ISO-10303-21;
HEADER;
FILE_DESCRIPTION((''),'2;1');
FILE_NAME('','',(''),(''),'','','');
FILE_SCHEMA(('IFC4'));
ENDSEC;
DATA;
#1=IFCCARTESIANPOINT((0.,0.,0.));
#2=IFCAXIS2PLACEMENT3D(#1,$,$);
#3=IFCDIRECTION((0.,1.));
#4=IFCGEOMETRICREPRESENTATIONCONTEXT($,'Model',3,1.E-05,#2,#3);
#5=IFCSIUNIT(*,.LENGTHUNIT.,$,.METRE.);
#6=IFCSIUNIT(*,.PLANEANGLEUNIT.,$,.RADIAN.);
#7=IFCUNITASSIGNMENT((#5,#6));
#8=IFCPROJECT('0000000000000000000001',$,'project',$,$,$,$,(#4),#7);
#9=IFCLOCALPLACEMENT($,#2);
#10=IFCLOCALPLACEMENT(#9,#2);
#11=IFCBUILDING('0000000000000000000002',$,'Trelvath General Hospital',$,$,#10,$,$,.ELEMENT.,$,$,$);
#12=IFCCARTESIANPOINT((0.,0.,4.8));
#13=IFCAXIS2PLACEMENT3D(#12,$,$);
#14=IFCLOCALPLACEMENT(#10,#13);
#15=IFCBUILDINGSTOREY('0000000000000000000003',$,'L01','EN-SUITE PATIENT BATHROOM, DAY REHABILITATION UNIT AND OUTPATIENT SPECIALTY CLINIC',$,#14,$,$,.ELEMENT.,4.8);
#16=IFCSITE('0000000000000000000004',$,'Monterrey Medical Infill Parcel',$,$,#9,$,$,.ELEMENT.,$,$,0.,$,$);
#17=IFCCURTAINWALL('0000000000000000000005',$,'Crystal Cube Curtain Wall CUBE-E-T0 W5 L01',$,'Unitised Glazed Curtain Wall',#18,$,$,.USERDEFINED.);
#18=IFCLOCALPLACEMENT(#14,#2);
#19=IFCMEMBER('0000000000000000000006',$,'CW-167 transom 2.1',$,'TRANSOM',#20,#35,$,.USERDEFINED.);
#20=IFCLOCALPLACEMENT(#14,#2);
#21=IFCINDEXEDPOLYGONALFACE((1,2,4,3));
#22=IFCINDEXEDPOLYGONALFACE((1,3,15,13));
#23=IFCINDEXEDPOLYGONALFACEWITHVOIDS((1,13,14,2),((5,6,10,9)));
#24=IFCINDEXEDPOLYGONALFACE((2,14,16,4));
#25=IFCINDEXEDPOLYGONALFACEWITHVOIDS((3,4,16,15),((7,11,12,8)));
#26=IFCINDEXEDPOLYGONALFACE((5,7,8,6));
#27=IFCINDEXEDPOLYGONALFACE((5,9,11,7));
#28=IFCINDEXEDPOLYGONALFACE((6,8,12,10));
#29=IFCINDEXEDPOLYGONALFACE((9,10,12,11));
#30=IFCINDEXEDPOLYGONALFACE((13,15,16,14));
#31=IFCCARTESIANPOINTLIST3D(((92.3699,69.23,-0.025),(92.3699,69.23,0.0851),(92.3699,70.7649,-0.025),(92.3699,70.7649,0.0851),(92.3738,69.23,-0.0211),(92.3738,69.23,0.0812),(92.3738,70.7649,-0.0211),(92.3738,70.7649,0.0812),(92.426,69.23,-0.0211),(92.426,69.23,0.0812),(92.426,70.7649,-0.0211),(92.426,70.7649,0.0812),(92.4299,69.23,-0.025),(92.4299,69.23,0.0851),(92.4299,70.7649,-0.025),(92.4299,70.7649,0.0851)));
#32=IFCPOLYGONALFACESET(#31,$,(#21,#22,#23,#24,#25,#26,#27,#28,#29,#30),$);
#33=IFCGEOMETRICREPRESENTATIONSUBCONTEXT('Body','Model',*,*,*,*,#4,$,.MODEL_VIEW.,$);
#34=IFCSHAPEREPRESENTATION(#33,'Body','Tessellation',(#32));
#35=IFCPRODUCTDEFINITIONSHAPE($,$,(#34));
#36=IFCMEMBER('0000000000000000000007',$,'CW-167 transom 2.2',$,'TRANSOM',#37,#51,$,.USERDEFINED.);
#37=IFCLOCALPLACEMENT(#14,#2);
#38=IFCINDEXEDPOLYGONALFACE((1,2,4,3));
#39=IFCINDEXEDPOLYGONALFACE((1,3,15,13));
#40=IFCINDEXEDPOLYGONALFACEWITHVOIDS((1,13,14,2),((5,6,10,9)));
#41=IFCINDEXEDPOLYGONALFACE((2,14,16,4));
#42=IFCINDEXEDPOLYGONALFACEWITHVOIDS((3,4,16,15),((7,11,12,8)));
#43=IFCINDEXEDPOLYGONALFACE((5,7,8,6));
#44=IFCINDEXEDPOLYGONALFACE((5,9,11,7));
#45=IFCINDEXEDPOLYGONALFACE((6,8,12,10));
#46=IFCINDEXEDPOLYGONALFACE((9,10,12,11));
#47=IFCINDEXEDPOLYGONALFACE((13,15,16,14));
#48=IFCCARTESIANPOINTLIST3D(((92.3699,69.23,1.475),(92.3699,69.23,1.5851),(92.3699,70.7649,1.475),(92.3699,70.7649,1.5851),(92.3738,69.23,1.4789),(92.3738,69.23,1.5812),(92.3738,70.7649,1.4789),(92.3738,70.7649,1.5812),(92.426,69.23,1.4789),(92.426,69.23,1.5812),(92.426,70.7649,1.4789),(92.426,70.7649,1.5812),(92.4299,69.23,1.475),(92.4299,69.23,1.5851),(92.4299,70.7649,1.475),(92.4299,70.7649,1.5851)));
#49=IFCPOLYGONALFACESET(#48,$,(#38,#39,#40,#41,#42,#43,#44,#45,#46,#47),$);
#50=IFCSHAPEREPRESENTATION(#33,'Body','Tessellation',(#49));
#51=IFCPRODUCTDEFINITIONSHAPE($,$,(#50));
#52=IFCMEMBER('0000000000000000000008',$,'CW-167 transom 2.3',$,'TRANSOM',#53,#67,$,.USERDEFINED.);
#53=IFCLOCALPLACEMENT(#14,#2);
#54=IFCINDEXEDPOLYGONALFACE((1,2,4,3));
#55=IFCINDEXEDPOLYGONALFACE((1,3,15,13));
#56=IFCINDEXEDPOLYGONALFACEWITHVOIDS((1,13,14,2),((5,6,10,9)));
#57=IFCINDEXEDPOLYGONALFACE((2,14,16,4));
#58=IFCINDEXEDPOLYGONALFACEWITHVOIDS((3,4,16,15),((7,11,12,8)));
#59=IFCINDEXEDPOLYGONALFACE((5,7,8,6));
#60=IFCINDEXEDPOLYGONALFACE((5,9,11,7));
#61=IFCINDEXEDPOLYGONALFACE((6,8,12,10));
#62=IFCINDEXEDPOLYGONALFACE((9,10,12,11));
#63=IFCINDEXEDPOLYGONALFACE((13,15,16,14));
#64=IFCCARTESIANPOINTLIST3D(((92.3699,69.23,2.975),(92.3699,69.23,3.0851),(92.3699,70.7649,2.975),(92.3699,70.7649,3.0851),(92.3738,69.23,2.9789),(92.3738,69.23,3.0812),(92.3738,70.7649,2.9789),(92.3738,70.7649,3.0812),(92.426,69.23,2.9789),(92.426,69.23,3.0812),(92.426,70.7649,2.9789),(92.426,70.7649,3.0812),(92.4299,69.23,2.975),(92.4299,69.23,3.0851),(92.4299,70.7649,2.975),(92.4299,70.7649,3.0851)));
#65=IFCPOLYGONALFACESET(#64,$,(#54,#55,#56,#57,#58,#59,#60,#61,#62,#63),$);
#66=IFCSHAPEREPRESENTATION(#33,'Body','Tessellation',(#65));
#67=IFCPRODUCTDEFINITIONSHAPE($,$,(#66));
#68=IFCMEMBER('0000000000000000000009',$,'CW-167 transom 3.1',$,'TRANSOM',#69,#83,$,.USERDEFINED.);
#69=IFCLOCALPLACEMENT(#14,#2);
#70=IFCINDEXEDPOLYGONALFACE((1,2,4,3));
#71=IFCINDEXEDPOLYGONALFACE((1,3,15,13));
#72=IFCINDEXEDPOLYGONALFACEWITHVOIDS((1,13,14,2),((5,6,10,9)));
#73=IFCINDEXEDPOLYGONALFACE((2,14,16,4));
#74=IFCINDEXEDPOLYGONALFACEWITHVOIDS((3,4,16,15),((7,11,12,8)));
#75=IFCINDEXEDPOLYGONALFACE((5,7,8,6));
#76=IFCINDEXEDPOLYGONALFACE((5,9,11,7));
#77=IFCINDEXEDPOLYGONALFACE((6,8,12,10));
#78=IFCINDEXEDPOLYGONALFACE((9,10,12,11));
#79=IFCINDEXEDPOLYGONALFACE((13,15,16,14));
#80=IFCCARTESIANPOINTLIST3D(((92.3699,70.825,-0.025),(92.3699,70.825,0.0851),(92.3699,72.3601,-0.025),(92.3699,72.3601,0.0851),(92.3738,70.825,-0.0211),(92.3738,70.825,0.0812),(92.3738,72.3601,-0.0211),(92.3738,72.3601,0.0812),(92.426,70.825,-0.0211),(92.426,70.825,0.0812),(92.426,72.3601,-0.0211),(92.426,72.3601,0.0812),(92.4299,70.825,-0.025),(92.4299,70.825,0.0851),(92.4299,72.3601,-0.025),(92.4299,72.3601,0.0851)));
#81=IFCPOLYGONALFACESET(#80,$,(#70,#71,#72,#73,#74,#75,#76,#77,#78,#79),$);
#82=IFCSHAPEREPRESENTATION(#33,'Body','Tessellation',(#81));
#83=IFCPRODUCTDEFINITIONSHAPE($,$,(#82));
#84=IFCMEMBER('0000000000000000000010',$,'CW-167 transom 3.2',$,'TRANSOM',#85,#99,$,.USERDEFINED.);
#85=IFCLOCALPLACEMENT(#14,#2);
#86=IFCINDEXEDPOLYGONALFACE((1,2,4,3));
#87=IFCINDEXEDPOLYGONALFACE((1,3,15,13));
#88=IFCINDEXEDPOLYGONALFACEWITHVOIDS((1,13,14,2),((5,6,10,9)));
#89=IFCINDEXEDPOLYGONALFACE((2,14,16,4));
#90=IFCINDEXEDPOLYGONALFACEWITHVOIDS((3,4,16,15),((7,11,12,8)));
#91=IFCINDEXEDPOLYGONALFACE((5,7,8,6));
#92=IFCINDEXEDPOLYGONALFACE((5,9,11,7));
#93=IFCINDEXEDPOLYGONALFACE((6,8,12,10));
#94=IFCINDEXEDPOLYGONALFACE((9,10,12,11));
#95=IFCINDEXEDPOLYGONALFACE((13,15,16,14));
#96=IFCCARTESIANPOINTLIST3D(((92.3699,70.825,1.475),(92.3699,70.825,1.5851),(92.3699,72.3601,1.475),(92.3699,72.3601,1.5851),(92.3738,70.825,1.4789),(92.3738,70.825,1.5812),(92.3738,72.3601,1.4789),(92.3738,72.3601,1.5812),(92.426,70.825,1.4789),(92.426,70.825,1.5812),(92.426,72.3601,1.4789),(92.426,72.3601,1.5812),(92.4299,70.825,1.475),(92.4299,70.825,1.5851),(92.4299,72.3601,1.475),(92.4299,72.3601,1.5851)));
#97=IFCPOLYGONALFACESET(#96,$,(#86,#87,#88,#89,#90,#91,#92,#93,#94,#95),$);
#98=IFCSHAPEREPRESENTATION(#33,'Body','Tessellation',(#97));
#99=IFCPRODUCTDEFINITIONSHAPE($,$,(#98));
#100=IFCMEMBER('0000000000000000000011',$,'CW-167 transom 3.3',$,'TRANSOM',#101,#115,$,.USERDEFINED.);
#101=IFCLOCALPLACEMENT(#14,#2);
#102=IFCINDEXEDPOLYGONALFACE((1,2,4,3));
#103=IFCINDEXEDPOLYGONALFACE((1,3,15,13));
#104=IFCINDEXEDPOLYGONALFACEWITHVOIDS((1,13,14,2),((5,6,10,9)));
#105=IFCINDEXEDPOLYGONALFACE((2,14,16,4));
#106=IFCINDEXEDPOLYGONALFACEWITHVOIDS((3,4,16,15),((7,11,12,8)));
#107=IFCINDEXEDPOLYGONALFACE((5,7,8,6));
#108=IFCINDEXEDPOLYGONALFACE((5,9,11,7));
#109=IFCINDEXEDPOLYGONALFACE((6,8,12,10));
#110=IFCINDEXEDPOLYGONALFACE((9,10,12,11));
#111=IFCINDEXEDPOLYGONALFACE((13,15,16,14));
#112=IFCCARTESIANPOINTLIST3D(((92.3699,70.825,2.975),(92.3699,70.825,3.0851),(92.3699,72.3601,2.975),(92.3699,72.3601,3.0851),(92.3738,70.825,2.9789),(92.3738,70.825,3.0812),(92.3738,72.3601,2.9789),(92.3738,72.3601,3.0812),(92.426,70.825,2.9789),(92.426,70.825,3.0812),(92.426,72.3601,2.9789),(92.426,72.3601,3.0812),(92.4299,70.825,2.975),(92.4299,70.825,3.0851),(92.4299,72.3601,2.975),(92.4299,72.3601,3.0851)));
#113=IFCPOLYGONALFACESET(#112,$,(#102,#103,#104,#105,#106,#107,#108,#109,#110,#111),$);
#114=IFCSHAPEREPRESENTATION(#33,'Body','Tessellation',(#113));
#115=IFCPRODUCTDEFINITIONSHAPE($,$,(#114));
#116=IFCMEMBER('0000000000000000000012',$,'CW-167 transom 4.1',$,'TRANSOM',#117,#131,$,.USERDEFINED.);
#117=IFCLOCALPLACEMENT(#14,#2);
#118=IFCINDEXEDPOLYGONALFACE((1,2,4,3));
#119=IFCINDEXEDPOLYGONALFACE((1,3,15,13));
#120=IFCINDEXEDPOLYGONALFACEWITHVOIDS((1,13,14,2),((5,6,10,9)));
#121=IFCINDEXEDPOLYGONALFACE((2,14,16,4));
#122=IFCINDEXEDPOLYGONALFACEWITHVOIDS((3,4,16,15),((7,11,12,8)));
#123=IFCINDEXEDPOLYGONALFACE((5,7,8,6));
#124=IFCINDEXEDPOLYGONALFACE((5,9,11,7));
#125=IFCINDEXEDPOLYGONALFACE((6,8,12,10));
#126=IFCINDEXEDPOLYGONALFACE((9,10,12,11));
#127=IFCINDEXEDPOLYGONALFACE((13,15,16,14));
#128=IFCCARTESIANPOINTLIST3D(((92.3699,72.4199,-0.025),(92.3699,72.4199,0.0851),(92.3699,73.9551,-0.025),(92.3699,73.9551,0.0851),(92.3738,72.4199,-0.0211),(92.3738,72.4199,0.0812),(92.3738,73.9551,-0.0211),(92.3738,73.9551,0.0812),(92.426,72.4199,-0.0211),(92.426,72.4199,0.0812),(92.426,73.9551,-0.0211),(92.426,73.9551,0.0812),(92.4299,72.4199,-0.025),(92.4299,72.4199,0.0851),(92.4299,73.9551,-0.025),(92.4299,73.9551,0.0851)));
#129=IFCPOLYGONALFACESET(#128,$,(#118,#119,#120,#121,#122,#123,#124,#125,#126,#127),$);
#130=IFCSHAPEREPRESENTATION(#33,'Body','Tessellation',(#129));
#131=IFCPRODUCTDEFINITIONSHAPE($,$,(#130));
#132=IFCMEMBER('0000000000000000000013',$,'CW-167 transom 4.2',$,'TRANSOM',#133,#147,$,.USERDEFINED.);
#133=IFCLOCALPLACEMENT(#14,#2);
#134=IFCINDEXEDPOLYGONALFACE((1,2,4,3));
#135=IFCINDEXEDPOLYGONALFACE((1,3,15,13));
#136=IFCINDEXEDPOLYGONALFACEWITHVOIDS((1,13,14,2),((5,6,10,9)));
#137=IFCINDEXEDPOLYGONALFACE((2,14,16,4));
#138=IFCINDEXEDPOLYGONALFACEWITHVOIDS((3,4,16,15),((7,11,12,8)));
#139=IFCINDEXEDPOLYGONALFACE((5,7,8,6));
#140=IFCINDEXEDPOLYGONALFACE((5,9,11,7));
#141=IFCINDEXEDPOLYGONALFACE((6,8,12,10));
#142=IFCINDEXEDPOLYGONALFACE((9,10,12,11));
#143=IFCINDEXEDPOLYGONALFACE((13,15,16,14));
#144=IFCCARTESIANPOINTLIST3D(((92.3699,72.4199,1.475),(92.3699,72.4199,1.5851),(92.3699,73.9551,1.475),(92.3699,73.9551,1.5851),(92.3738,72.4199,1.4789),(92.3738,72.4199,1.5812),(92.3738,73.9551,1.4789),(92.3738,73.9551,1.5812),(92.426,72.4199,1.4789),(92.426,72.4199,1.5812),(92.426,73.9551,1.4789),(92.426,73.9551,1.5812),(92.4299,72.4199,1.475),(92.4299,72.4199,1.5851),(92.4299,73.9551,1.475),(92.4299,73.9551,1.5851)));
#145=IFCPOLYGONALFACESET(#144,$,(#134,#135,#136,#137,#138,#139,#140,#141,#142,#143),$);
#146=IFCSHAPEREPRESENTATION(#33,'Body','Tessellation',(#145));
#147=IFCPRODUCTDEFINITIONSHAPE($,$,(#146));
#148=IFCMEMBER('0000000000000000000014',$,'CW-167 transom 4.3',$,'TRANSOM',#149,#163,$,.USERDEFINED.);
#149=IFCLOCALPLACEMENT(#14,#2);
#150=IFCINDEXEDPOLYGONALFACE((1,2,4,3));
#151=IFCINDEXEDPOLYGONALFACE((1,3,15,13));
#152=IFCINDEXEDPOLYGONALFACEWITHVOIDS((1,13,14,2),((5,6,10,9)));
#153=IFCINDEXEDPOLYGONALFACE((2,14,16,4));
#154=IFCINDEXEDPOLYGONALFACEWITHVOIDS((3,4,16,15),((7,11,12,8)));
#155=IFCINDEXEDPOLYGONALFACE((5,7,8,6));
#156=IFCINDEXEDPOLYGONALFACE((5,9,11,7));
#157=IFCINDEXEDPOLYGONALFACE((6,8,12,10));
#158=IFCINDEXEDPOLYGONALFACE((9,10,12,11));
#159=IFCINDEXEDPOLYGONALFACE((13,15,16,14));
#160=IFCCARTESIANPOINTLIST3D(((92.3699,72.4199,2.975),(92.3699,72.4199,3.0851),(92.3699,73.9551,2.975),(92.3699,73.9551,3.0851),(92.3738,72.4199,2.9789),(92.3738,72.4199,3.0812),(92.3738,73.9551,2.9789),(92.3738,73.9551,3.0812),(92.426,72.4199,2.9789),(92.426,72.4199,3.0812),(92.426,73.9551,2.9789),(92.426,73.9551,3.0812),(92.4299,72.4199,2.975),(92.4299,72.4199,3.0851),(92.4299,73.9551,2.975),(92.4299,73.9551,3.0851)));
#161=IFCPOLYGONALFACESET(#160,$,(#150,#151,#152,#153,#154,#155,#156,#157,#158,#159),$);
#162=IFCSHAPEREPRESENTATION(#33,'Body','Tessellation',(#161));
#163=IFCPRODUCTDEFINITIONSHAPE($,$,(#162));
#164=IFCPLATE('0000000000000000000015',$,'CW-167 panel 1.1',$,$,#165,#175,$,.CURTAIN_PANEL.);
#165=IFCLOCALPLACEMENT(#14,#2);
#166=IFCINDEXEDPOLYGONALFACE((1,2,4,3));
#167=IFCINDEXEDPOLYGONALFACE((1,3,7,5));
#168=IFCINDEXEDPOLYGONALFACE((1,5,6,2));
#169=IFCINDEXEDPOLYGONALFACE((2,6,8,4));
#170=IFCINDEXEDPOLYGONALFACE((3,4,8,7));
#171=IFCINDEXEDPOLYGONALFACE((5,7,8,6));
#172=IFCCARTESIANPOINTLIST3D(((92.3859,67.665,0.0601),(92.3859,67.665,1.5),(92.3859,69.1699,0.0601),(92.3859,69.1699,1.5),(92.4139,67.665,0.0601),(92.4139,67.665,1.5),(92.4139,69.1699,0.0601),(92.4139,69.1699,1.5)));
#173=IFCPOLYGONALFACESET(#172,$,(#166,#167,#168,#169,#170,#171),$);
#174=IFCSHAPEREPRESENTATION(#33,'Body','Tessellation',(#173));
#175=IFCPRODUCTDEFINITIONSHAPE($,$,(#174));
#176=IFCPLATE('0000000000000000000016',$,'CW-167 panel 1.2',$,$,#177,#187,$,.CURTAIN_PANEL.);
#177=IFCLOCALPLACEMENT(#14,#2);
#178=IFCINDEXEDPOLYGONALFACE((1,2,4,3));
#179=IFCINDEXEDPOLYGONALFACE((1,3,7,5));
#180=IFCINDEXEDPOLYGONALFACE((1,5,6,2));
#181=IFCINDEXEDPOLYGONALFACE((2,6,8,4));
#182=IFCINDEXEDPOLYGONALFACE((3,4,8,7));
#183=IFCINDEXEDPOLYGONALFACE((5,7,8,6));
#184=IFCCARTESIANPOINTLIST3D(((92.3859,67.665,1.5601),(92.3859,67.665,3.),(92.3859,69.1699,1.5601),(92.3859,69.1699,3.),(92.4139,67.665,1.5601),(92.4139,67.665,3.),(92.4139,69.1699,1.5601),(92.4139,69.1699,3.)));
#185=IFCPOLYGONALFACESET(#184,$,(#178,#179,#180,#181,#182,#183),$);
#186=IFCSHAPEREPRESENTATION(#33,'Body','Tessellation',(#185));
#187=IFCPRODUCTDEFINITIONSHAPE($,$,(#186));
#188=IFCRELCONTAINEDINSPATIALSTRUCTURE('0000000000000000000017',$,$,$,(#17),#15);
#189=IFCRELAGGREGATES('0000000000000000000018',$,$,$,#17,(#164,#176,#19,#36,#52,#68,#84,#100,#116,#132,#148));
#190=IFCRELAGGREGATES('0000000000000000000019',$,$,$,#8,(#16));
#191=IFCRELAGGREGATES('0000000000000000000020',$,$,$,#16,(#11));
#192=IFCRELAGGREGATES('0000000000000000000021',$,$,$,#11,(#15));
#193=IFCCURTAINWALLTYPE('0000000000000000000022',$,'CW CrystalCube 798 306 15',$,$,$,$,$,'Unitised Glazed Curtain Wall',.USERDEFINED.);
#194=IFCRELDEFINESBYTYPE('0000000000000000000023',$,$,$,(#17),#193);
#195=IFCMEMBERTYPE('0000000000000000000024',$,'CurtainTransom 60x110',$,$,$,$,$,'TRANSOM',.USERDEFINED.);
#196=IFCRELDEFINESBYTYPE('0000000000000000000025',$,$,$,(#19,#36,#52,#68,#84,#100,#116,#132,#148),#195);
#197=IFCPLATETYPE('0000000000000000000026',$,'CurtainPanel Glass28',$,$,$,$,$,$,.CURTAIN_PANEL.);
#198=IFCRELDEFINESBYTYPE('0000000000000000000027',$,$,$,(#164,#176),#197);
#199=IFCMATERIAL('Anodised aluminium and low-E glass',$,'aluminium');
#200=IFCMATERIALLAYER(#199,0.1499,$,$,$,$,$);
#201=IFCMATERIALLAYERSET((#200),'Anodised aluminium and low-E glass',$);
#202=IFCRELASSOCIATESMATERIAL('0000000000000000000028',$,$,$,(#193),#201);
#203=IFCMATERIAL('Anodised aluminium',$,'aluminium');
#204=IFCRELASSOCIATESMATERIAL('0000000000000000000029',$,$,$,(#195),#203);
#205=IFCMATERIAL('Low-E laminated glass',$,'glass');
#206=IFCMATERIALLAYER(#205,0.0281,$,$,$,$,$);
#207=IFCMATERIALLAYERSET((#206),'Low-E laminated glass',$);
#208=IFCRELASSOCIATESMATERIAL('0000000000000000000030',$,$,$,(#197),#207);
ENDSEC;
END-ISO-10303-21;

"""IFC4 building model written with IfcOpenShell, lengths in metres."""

from ifc_helpers import new_model, si_unit, direction, frame, origin, origin_2d, place, context, subcontext, project, spatial, rectangle, hollow_rectangle, extrude, material, layer, layer_set, material_profile, profile_set, type_object, element, aggregate, save


model = new_model("IFC4")

# Units and contexts
model_context = context("Model", 3, precision=1e-05, world=origin(), true_north=direction((0.0, 1.0)))
body_context = subcontext(model_context, "Body", "Model", "MODEL_VIEW")
ifc_project = project(units=[si_unit("LENGTHUNIT", "METRE"), si_unit("PLANEANGLEUNIT", "RADIAN")], contexts=[model_context])

# Site, building, storey
site_placement = place(None, origin())
site = spatial("IfcSite", under=ifc_project, at=site_placement, Name="Monterrey Medical Infill Parcel", CompositionType="ELEMENT", RefElevation=0.0)
building_placement = place(site_placement, origin())
building = spatial("IfcBuilding", under=site, at=building_placement, Name="Trelvath General Hospital", CompositionType="ELEMENT")
storey_placement = place(building_placement, frame((0.0, 0.0, 4.8)))
storey = spatial("IfcBuildingStorey", under=building, at=storey_placement, Name="L01", Description="EN-SUITE PATIENT BATHROOM, DAY REHABILITATION UNIT AND OUTPATIENT SPECIALTY CLINIC", CompositionType="ELEMENT", Elevation=4.8)

# Curtain wall
ifc_material_1 = material(Name="Anodised aluminium and low-E glass", Category="aluminium")
ifc_layer_1 = layer(ifc_material_1, 0.1499)
ifc_layer_set_1 = layer_set([ifc_layer_1], Name="Anodised aluminium and low-E glass")
curtain_wall_type_1 = type_object("IfcCurtainWallType", Name="CW CrystalCube 798 306 15", ElementType="Unitised Glazed Curtain Wall", PredefinedType="USERDEFINED", material=ifc_layer_set_1)
curtain_wall_1_placement = place(storey_placement, origin())
curtain_wall_1 = element("IfcCurtainWall", 1, at=curtain_wall_1_placement, inside=storey, type_object=curtain_wall_type_1, Name="Crystal Cube Curtain Wall CUBE-E-T0 W5 L01", ObjectType="Unitised Glazed Curtain Wall", PredefinedType="USERDEFINED")

# Members
ifc_material_2 = material(Name="Anodised aluminium", Category="aluminium")
ifc_material_profile_1 = material_profile(ifc_material_2, hollow_rectangle(XDim=0.0601, YDim=0.1101, WallThickness=0.0039, at=origin_2d()), Name="RHS60x110x4")
ifc_profile_set_1 = profile_set([ifc_material_profile_1], Name="Anodised aluminium")
member_type_1 = type_object("IfcMemberType", Name="CurtainTransom 60x110", ElementType="TRANSOM", PredefinedType="USERDEFINED", material=ifc_profile_set_1)
member_1_placement = place(storey_placement, frame((92.3999, 69.23, 0.03), z_axis=(0.0, 1.0, 0.0), x_axis=(-1.0, 0.0, 0.0)))
member_1 = element("IfcMember", 2, at=member_1_placement, type_object=member_type_1, Name="CW-167 transom 2.1", ObjectType="TRANSOM", PredefinedType="USERDEFINED", context=body_context, shape_type="SweptSolid", body=[
    extrude(hollow_rectangle(XDim=0.0601, YDim=0.1101, WallThickness=0.0039, at=origin_2d()), origin(), (0.0, 0.0, 1.0), 1.5349),
])
member_2_placement = place(storey_placement, frame((92.3999, 69.23, 1.53), z_axis=(0.0, 1.0, 0.0), x_axis=(-1.0, 0.0, 0.0)))
member_2 = element("IfcMember", 3, at=member_2_placement, type_object=member_type_1, Name="CW-167 transom 2.2", ObjectType="TRANSOM", PredefinedType="USERDEFINED", context=body_context, shape_type="SweptSolid", body=[
    extrude(hollow_rectangle(XDim=0.0601, YDim=0.1101, WallThickness=0.0039, at=origin_2d()), origin(), (0.0, 0.0, 1.0), 1.5349),
])
member_3_placement = place(storey_placement, frame((92.3999, 69.23, 3.03), z_axis=(0.0, 1.0, 0.0), x_axis=(-1.0, 0.0, 0.0)))
member_3 = element("IfcMember", 4, at=member_3_placement, type_object=member_type_1, Name="CW-167 transom 2.3", ObjectType="TRANSOM", PredefinedType="USERDEFINED", context=body_context, shape_type="SweptSolid", body=[
    extrude(hollow_rectangle(XDim=0.0601, YDim=0.1101, WallThickness=0.0039, at=origin_2d()), origin(), (0.0, 0.0, 1.0), 1.5349),
])
member_4_placement = place(storey_placement, frame((92.3999, 70.825, 0.03), z_axis=(0.0, 1.0, 0.0), x_axis=(-1.0, 0.0, 0.0)))
member_4 = element("IfcMember", 5, at=member_4_placement, type_object=member_type_1, Name="CW-167 transom 3.1", ObjectType="TRANSOM", PredefinedType="USERDEFINED", context=body_context, shape_type="SweptSolid", body=[
    extrude(hollow_rectangle(XDim=0.0601, YDim=0.1101, WallThickness=0.0039, at=origin_2d()), origin(), (0.0, 0.0, 1.0), 1.5352),
])
member_5_placement = place(storey_placement, frame((92.3999, 70.825, 1.53), z_axis=(0.0, 1.0, 0.0), x_axis=(-1.0, 0.0, 0.0)))
member_5 = element("IfcMember", 6, at=member_5_placement, type_object=member_type_1, Name="CW-167 transom 3.2", ObjectType="TRANSOM", PredefinedType="USERDEFINED", context=body_context, shape_type="SweptSolid", body=[
    extrude(hollow_rectangle(XDim=0.0601, YDim=0.1101, WallThickness=0.0039, at=origin_2d()), origin(), (0.0, 0.0, 1.0), 1.5352),
])
member_6_placement = place(storey_placement, frame((92.3999, 70.825, 3.03), z_axis=(0.0, 1.0, 0.0), x_axis=(-1.0, 0.0, 0.0)))
member_6 = element("IfcMember", 7, at=member_6_placement, type_object=member_type_1, Name="CW-167 transom 3.3", ObjectType="TRANSOM", PredefinedType="USERDEFINED", context=body_context, shape_type="SweptSolid", body=[
    extrude(hollow_rectangle(XDim=0.0601, YDim=0.1101, WallThickness=0.0039, at=origin_2d()), origin(), (0.0, 0.0, 1.0), 1.5352),
])
member_7_placement = place(storey_placement, frame((92.3999, 72.4199, 0.03), z_axis=(0.0, 1.0, 0.0), x_axis=(-1.0, 0.0, 0.0)))
member_7 = element("IfcMember", 8, at=member_7_placement, type_object=member_type_1, Name="CW-167 transom 4.1", ObjectType="TRANSOM", PredefinedType="USERDEFINED", context=body_context, shape_type="SweptSolid", body=[
    extrude(hollow_rectangle(XDim=0.0601, YDim=0.1101, WallThickness=0.0039, at=origin_2d()), origin(), (0.0, 0.0, 1.0), 1.5352),
])
member_8_placement = place(storey_placement, frame((92.3999, 72.4199, 1.53), z_axis=(0.0, 1.0, 0.0), x_axis=(-1.0, 0.0, 0.0)))
member_8 = element("IfcMember", 9, at=member_8_placement, type_object=member_type_1, Name="CW-167 transom 4.2", ObjectType="TRANSOM", PredefinedType="USERDEFINED", context=body_context, shape_type="SweptSolid", body=[
    extrude(hollow_rectangle(XDim=0.0601, YDim=0.1101, WallThickness=0.0039, at=origin_2d()), origin(), (0.0, 0.0, 1.0), 1.5352),
])
member_9_placement = place(storey_placement, frame((92.3999, 72.4199, 3.03), z_axis=(0.0, 1.0, 0.0), x_axis=(-1.0, 0.0, 0.0)))
member_9 = element("IfcMember", 10, at=member_9_placement, type_object=member_type_1, Name="CW-167 transom 4.3", ObjectType="TRANSOM", PredefinedType="USERDEFINED", context=body_context, shape_type="SweptSolid", body=[
    extrude(hollow_rectangle(XDim=0.0601, YDim=0.1101, WallThickness=0.0039, at=origin_2d()), origin(), (0.0, 0.0, 1.0), 1.5352),
])

# Plates
ifc_material_3 = material(Name="Low-E laminated glass", Category="glass")
ifc_layer_2 = layer(ifc_material_3, 0.0281)
ifc_layer_set_2 = layer_set([ifc_layer_2], Name="Low-E laminated glass")
plate_type_1 = type_object("IfcPlateType", Name="CurtainPanel Glass28", PredefinedType="CURTAIN_PANEL", material=ifc_layer_set_2)
plate_1_placement = place(storey_placement, frame((92.3999, 68.4175, 0.0601), z_axis=(0.0, 0.0, 1.0), x_axis=(0.0, 1.0, 0.0)))
plate_1 = element("IfcPlate", 11, at=plate_1_placement, type_object=plate_type_1, Name="CW-167 panel 1.1", PredefinedType="CURTAIN_PANEL", context=body_context, shape_type="SweptSolid", body=[
    extrude(rectangle(XDim=1.5049, YDim=0.0281, at=origin_2d()), origin(), (0.0, 0.0, 1.0), 1.4399),
])
plate_2_placement = place(storey_placement, frame((92.3999, 68.4175, 1.5601), z_axis=(0.0, 0.0, 1.0), x_axis=(0.0, 1.0, 0.0)))
plate_2 = element("IfcPlate", 12, at=plate_2_placement, type_object=plate_type_1, Name="CW-167 panel 1.2", PredefinedType="CURTAIN_PANEL", context=body_context, shape_type="SweptSolid", body=[
    extrude(rectangle(XDim=1.5049, YDim=0.0281, at=origin_2d()), origin(), (0.0, 0.0, 1.0), 1.4399),
])
aggregate(curtain_wall_1, [plate_1, plate_2, member_1, member_2, member_3, member_4, member_5, member_6, member_7, member_8, member_9])

save(model, "model.ifc")
